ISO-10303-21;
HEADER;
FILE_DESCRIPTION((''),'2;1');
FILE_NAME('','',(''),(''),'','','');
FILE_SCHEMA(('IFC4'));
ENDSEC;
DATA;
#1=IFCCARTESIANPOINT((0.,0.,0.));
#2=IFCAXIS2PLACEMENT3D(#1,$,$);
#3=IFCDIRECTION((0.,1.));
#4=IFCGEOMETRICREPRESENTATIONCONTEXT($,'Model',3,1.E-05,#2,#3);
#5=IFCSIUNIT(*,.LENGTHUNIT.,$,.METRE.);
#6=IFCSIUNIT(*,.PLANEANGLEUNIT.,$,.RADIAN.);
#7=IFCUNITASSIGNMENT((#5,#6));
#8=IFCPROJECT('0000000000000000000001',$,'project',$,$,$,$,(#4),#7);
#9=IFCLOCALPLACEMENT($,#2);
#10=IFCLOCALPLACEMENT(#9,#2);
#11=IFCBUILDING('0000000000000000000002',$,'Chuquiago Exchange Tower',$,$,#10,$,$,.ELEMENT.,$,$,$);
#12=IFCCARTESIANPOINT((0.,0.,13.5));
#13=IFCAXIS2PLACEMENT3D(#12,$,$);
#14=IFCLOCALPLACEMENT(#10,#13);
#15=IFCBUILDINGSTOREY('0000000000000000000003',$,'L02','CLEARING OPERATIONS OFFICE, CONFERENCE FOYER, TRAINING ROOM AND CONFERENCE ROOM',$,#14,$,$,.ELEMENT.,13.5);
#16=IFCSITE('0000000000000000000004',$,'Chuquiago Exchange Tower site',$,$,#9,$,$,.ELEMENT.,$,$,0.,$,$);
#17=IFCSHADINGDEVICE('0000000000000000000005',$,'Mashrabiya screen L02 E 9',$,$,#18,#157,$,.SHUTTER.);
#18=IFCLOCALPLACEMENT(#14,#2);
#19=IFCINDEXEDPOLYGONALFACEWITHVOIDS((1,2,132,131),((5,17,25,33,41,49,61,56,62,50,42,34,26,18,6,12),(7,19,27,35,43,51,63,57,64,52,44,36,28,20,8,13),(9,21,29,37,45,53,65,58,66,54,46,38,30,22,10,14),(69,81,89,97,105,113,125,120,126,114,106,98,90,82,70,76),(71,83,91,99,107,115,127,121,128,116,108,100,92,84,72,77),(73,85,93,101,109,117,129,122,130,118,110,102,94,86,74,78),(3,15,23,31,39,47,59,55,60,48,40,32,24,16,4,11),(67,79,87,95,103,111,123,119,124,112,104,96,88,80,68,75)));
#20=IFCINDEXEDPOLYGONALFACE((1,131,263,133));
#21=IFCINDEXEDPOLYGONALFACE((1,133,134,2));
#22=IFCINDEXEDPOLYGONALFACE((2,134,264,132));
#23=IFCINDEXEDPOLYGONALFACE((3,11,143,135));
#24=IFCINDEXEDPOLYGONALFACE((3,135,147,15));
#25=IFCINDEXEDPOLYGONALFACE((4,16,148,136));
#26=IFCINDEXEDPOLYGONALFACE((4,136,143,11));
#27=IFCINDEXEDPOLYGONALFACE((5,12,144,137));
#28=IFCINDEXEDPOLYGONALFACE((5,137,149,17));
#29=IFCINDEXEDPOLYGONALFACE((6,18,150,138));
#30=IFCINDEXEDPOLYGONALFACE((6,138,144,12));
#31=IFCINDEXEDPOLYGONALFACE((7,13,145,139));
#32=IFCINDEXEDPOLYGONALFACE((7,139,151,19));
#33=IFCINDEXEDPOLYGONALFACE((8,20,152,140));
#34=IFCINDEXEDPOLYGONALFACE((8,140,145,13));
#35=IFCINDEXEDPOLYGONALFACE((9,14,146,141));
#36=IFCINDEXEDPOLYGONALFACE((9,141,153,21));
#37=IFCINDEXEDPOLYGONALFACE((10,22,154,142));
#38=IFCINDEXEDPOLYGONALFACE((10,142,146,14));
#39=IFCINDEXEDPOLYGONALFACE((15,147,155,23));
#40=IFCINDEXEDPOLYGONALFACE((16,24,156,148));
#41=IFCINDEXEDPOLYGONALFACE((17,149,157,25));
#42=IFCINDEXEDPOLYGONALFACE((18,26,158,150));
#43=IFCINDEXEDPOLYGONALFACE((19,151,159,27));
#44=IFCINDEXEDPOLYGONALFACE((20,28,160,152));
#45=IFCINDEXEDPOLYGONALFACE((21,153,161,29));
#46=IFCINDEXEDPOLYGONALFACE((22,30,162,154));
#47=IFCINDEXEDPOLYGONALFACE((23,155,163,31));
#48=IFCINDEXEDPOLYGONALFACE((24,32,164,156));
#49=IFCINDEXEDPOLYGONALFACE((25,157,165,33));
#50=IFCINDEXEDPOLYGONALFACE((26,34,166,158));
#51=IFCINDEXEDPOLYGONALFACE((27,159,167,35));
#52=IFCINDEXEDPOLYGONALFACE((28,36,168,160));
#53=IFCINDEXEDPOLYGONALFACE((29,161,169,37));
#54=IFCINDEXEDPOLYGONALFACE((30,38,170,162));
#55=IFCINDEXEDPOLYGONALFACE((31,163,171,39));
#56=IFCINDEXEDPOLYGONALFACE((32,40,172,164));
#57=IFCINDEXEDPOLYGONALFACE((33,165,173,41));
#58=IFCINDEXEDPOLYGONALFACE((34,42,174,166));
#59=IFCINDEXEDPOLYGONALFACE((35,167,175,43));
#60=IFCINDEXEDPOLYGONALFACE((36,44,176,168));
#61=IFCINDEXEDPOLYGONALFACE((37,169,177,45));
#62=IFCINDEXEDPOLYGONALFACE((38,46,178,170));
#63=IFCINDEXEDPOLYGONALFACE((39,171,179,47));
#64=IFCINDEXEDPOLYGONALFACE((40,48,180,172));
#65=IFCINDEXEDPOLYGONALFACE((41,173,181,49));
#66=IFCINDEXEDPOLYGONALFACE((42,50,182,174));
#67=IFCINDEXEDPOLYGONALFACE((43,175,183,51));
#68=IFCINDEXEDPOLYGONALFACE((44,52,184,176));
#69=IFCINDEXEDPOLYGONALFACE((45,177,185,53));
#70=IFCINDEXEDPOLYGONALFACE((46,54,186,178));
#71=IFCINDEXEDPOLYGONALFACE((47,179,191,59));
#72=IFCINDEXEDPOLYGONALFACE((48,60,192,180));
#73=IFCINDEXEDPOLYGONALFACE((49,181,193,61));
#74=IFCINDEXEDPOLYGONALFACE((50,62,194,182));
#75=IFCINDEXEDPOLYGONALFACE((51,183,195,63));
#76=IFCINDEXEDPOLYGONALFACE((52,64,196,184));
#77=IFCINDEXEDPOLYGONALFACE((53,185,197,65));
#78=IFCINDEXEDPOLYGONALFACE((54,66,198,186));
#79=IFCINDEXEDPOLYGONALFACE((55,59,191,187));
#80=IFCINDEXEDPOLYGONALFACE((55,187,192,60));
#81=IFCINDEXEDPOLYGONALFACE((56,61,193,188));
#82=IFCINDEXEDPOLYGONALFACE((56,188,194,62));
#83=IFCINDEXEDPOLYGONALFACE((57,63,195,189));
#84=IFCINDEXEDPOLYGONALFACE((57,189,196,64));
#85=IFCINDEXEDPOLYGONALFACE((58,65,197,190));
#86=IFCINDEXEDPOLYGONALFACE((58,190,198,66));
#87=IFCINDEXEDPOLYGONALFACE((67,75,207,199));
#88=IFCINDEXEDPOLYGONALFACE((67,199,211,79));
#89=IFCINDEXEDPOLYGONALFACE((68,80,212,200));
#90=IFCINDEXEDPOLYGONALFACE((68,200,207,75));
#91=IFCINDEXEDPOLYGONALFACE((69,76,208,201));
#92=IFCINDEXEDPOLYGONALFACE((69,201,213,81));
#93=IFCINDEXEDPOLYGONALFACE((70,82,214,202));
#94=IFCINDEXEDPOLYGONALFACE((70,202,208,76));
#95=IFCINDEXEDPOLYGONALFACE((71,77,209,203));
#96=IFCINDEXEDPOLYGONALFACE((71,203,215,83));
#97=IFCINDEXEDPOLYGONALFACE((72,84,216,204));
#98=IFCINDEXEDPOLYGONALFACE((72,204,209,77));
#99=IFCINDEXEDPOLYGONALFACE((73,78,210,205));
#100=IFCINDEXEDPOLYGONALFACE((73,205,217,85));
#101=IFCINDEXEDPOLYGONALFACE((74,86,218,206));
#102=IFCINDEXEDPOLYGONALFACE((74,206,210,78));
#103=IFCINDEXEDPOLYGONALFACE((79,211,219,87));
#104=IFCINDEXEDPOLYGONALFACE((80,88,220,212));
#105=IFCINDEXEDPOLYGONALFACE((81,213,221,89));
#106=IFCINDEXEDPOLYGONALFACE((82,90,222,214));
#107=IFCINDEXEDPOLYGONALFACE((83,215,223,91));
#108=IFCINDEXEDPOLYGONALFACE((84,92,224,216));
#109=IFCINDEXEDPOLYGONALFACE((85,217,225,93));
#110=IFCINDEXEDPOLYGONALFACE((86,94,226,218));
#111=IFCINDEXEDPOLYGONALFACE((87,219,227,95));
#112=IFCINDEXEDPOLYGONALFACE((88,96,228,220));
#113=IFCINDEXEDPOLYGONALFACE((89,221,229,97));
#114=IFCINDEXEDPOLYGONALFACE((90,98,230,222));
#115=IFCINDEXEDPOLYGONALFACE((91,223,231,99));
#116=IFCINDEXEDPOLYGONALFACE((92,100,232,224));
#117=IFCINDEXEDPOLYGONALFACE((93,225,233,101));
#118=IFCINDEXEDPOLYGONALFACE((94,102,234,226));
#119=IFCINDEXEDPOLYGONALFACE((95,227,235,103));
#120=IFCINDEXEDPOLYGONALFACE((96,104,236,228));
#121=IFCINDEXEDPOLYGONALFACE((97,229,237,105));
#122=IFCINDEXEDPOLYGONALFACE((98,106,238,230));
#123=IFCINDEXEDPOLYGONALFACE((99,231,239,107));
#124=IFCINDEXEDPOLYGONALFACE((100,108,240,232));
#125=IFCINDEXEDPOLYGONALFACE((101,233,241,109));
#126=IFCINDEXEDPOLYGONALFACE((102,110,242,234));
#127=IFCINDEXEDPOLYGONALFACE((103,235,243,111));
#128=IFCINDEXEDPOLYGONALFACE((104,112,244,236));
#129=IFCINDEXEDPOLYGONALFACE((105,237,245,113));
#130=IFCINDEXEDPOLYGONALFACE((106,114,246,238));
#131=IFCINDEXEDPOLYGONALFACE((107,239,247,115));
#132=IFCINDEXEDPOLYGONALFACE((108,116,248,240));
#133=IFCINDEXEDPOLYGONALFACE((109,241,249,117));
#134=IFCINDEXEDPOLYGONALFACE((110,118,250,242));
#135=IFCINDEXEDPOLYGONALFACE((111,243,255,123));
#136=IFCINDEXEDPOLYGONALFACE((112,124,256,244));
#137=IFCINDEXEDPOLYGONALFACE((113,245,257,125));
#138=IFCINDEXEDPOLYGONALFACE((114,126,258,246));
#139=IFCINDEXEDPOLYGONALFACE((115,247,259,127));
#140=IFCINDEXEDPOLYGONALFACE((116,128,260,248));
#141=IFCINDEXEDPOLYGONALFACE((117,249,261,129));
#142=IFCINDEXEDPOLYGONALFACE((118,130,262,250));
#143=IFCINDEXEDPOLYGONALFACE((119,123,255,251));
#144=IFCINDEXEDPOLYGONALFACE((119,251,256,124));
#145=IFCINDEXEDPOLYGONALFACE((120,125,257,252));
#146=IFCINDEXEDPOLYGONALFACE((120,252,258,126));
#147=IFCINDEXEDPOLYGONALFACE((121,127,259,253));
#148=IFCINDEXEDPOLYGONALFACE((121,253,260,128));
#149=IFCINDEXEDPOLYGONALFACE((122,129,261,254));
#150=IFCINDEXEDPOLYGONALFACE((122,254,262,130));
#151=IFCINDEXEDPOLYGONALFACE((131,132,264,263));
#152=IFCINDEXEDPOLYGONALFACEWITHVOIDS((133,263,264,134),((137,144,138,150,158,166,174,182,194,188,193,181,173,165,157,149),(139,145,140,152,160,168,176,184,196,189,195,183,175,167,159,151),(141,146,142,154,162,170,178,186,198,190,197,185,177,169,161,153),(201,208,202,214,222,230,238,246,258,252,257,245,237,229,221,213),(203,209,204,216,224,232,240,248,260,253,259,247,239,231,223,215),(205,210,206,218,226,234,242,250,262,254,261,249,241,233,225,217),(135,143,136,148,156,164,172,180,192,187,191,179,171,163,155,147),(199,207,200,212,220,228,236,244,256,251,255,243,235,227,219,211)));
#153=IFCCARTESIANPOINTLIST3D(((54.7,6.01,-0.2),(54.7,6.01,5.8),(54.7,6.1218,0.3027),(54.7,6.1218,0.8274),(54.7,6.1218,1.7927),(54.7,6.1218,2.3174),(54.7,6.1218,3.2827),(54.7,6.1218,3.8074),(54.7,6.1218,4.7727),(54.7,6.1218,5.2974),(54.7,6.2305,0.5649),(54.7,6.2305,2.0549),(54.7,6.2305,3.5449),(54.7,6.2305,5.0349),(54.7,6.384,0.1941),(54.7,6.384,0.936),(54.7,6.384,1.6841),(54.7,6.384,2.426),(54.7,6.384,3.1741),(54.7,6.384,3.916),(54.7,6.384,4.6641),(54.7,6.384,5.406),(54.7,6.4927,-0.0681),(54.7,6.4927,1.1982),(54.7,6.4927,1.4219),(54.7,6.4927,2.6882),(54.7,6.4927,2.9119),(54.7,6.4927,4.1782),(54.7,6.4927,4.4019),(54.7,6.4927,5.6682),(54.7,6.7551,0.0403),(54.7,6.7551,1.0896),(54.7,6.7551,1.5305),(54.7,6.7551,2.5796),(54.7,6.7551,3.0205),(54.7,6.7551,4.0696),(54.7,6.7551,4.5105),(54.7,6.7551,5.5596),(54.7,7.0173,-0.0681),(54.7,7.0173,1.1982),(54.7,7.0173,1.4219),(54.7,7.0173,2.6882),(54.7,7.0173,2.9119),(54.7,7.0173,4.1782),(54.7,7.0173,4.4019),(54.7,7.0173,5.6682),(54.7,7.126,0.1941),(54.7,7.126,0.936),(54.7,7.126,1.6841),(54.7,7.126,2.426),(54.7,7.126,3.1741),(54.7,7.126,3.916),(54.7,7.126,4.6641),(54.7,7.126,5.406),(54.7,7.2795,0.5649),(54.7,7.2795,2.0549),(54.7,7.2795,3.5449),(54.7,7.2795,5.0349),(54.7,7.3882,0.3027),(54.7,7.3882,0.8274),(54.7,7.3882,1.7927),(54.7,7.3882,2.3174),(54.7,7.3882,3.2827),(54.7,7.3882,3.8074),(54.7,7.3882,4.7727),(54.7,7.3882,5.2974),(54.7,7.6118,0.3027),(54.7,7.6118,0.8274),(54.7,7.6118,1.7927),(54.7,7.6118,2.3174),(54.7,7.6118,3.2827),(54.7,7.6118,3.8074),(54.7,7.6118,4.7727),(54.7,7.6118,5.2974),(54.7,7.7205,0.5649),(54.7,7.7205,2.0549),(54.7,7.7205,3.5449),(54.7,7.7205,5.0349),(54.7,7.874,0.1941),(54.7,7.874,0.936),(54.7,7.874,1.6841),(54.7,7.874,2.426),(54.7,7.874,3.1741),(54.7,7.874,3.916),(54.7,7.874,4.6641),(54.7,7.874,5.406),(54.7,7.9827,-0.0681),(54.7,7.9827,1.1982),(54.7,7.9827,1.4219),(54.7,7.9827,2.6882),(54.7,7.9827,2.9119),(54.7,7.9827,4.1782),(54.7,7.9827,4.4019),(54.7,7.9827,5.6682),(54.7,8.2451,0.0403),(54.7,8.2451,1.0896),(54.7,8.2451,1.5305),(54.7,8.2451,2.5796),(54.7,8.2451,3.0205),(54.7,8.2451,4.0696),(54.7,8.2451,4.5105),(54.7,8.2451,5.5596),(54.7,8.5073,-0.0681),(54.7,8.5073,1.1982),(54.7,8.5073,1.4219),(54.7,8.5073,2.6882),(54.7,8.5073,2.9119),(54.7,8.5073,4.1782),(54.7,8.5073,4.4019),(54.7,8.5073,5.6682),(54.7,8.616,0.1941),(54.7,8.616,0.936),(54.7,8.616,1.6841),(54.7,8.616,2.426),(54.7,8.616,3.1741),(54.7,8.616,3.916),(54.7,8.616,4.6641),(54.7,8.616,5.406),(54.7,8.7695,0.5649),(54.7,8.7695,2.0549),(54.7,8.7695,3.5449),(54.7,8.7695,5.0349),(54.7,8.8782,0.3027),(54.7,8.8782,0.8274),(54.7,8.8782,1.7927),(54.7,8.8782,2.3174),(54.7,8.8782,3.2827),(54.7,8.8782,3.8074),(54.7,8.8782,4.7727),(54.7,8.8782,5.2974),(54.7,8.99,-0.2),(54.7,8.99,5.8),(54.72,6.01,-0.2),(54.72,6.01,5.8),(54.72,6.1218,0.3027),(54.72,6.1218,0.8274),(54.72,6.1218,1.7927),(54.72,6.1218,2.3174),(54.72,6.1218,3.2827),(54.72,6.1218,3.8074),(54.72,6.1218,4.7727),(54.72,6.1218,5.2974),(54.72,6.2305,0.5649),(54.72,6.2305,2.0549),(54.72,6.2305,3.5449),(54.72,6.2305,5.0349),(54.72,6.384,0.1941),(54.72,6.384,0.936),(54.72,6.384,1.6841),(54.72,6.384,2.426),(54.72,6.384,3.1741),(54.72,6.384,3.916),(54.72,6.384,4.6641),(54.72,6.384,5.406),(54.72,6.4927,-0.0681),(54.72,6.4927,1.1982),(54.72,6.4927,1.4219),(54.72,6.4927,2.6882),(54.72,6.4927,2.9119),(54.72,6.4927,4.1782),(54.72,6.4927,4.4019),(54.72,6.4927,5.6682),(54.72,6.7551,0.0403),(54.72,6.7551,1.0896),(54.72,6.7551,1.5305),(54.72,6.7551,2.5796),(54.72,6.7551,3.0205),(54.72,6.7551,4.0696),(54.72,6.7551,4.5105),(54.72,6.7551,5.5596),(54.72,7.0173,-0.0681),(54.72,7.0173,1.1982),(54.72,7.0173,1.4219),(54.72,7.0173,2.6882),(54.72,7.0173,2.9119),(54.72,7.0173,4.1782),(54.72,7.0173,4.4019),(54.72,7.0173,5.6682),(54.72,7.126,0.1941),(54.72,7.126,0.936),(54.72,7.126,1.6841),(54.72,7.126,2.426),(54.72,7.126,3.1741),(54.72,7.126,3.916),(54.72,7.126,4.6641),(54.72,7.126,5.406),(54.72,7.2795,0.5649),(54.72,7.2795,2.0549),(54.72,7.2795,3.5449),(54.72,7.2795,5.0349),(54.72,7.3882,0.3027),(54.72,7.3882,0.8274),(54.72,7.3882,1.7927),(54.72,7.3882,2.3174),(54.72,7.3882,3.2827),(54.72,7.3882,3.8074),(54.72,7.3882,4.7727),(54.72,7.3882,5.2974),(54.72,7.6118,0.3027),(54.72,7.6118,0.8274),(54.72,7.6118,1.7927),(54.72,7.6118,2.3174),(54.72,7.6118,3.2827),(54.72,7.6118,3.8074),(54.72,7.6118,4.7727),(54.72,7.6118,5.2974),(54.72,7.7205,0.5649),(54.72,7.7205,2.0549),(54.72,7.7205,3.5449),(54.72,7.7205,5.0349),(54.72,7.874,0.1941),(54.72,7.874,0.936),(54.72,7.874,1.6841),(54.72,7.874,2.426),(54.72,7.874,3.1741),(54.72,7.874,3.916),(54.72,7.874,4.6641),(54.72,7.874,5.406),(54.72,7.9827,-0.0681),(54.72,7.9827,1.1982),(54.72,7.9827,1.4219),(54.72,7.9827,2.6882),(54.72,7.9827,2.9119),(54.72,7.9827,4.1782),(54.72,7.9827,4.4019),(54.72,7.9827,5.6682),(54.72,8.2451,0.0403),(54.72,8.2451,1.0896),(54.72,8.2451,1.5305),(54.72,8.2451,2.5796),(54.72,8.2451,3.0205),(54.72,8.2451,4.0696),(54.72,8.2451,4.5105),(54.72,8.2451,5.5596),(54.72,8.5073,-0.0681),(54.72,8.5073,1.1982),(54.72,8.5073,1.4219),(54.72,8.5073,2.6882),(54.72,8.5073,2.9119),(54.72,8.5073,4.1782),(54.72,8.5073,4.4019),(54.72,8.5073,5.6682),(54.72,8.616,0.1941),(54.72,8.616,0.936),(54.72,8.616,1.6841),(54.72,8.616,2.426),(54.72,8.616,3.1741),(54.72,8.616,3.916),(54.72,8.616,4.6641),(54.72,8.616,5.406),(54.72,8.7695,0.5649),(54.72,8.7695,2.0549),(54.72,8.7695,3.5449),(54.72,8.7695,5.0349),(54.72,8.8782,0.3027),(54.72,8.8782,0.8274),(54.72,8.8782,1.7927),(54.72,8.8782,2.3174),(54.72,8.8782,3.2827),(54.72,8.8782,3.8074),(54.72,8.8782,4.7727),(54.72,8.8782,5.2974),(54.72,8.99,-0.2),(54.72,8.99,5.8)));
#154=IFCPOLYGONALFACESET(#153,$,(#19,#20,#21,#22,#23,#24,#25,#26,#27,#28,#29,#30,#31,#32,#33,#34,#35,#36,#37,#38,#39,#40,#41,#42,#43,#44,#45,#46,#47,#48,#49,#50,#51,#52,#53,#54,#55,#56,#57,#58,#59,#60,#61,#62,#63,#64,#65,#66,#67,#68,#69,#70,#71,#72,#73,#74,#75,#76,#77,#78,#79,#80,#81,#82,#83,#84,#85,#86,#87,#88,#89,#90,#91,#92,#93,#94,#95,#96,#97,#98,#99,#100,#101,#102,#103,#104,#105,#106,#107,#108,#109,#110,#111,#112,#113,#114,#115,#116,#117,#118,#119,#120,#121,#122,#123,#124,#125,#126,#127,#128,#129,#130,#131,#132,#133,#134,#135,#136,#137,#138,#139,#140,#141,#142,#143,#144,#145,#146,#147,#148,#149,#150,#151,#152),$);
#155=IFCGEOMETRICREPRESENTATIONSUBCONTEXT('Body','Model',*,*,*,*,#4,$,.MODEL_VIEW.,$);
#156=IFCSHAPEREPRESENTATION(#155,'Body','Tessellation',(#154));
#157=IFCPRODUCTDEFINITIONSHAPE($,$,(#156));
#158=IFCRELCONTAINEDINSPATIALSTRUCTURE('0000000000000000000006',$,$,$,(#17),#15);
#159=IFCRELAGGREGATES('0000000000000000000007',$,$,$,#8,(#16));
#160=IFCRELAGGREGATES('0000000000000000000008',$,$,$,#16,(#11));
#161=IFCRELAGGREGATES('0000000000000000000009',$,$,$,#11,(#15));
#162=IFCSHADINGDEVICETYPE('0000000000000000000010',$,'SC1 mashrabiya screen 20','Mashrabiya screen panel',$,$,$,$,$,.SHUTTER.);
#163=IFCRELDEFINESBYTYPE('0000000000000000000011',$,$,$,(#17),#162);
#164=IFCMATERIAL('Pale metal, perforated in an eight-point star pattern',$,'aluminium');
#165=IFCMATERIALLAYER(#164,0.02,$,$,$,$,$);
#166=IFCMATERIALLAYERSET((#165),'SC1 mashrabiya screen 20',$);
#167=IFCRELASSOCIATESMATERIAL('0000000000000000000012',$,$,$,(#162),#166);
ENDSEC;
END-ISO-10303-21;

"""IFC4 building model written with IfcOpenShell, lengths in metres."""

from ifc_helpers import new_model, si_unit, direction, frame, origin, place, context, subcontext, project, spatial, polyline, outline, extrude, material, layer, layer_set, type_object, element, save


model = new_model("IFC4")

# Units and contexts
model_context = context("Model", 3, precision=1e-05, world=origin(), true_north=direction((0.0, 1.0)))
body_context = subcontext(model_context, "Body", "Model", "MODEL_VIEW")
ifc_project = project(units=[si_unit("LENGTHUNIT", "METRE"), si_unit("PLANEANGLEUNIT", "RADIAN")], contexts=[model_context])

# Site, building, storey
site_placement = place(None, origin())
site = spatial("IfcSite", under=ifc_project, at=site_placement, Name="Chuquiago Exchange Tower site", CompositionType="ELEMENT", RefElevation=0.0)
building_placement = place(site_placement, origin())
building = spatial("IfcBuilding", under=site, at=building_placement, Name="Chuquiago Exchange Tower", CompositionType="ELEMENT")
storey_placement = place(building_placement, frame((0.0, 0.0, 13.5)))
storey = spatial("IfcBuildingStorey", under=building, at=storey_placement, Name="L02", Description="CLEARING OPERATIONS OFFICE, CONFERENCE FOYER, TRAINING ROOM AND CONFERENCE ROOM", CompositionType="ELEMENT", Elevation=13.5)

# Shading device
ifc_material_1 = material(Name="Pale metal, perforated in an eight-point star pattern", Category="aluminium")
ifc_layer_1 = layer(ifc_material_1, 0.02)
ifc_layer_set_1 = layer_set([ifc_layer_1], Name="SC1 mashrabiya screen 20")
shading_device_type = type_object("IfcShadingDeviceType", Name="SC1 mashrabiya screen 20", Description="Mashrabiya screen panel", PredefinedType="SHUTTER", material=ifc_layer_set_1)
shading_device_1_placement = place(storey_placement, frame((54.7, 6.01, -0.2), z_axis=(0.0, 0.0, 1.0), x_axis=(0.0, 1.0, 0.0)))
element("IfcShadingDevice", 1, at=shading_device_1_placement, inside=storey, type_object=shading_device_type, Name="Mashrabiya screen L02 E 9", PredefinedType="SHUTTER", context=body_context, shape_type="SweptSolid", body=[
    extrude(outline(polyline([(0.0, 0.0), (2.98, 0.0), (2.98, 6.0), (0.0, 6.0), (0.0, 0.0)]), holes=[polyline([(1.2695, 0.7649), (1.3782, 1.0273), (1.116, 1.136), (1.0073, 1.3982), (0.7451, 1.2896), (0.4827, 1.3982), (0.374, 1.136), (0.1118, 1.0273), (0.2205, 0.7649), (0.1118, 0.5027), (0.374, 0.394), (0.4827, 0.1318), (0.7451, 0.2402), (1.0073, 0.1318), (1.116, 0.394), (1.3782, 0.5027), (1.2695, 0.7649)]), polyline([(2.7595, 0.7649), (2.8682, 1.0273), (2.606, 1.136), (2.4973, 1.3982), (2.2351, 1.2896), (1.9727, 1.3982), (1.864, 1.136), (1.6018, 1.0273), (1.7104, 0.7649), (1.6018, 0.5027), (1.864, 0.394), (1.9727, 0.1318), (2.2351, 0.2402), (2.4973, 0.1318), (2.606, 0.394), (2.8682, 0.5027), (2.7595, 0.7649)]), polyline([(1.2695, 2.2549), (1.3782, 2.5173), (1.116, 2.626), (1.0073, 2.8882), (0.7451, 2.7795), (0.4827, 2.8882), (0.374, 2.626), (0.1118, 2.5173), (0.2205, 2.2549), (0.1118, 1.9927), (0.374, 1.884), (0.4827, 1.6218), (0.7451, 1.7305), (1.0073, 1.6218), (1.116, 1.884), (1.3782, 1.9927), (1.2695, 2.2549)]), polyline([(2.7595, 2.2549), (2.8682, 2.5173), (2.606, 2.626), (2.4973, 2.8882), (2.2351, 2.7795), (1.9727, 2.8882), (1.864, 2.626), (1.6018, 2.5173), (1.7104, 2.2549), (1.6018, 1.9927), (1.864, 1.884), (1.9727, 1.6218), (2.2351, 1.7305), (2.4973, 1.6218), (2.606, 1.884), (2.8682, 1.9927), (2.7595, 2.2549)]), polyline([(1.2695, 3.7449), (1.3782, 4.0073), (1.116, 4.116), (1.0073, 4.3782), (0.7451, 4.2695), (0.4827, 4.3782), (0.374, 4.116), (0.1118, 4.0073), (0.2205, 3.7449), (0.1118, 3.4827), (0.374, 3.374), (0.4827, 3.1118), (0.7451, 3.2205), (1.0073, 3.1118), (1.116, 3.374), (1.3782, 3.4827), (1.2695, 3.7449)]), polyline([(2.7595, 3.7449), (2.8682, 4.0073), (2.606, 4.116), (2.4973, 4.3782), (2.2351, 4.2695), (1.9727, 4.3782), (1.864, 4.116), (1.6018, 4.0073), (1.7104, 3.7449), (1.6018, 3.4827), (1.864, 3.374), (1.9727, 3.1118), (2.2351, 3.2205), (2.4973, 3.1118), (2.606, 3.374), (2.8682, 3.4827), (2.7595, 3.7449)]), polyline([(1.2695, 5.2349), (1.3782, 5.4973), (1.116, 5.606), (1.0073, 5.8682), (0.7451, 5.7595), (0.4827, 5.8682), (0.374, 5.606), (0.1118, 5.4973), (0.2205, 5.2349), (0.1118, 4.9727), (0.374, 4.864), (0.4827, 4.6018), (0.7451, 4.7104), (1.0073, 4.6018), (1.116, 4.864), (1.3782, 4.9727), (1.2695, 5.2349)]), polyline([(2.7595, 5.2349), (2.8682, 5.4973), (2.606, 5.606), (2.4973, 5.8682), (2.2351, 5.7595), (1.9727, 5.8682), (1.864, 5.606), (1.6018, 5.4973), (1.7104, 5.2349), (1.6018, 4.9727), (1.864, 4.864), (1.9727, 4.6018), (2.2351, 4.7104), (2.4973, 4.6018), (2.606, 4.864), (2.8682, 4.9727), (2.7595, 5.2349)])]), frame((0.0, 0.0, 0.0), z_axis=(0.0, -1.0, 0.0), x_axis=(1.0, 0.0, 0.0)), (0.0, 0.0, 1.0), 0.02),
])

save(model, "model.ifc")
